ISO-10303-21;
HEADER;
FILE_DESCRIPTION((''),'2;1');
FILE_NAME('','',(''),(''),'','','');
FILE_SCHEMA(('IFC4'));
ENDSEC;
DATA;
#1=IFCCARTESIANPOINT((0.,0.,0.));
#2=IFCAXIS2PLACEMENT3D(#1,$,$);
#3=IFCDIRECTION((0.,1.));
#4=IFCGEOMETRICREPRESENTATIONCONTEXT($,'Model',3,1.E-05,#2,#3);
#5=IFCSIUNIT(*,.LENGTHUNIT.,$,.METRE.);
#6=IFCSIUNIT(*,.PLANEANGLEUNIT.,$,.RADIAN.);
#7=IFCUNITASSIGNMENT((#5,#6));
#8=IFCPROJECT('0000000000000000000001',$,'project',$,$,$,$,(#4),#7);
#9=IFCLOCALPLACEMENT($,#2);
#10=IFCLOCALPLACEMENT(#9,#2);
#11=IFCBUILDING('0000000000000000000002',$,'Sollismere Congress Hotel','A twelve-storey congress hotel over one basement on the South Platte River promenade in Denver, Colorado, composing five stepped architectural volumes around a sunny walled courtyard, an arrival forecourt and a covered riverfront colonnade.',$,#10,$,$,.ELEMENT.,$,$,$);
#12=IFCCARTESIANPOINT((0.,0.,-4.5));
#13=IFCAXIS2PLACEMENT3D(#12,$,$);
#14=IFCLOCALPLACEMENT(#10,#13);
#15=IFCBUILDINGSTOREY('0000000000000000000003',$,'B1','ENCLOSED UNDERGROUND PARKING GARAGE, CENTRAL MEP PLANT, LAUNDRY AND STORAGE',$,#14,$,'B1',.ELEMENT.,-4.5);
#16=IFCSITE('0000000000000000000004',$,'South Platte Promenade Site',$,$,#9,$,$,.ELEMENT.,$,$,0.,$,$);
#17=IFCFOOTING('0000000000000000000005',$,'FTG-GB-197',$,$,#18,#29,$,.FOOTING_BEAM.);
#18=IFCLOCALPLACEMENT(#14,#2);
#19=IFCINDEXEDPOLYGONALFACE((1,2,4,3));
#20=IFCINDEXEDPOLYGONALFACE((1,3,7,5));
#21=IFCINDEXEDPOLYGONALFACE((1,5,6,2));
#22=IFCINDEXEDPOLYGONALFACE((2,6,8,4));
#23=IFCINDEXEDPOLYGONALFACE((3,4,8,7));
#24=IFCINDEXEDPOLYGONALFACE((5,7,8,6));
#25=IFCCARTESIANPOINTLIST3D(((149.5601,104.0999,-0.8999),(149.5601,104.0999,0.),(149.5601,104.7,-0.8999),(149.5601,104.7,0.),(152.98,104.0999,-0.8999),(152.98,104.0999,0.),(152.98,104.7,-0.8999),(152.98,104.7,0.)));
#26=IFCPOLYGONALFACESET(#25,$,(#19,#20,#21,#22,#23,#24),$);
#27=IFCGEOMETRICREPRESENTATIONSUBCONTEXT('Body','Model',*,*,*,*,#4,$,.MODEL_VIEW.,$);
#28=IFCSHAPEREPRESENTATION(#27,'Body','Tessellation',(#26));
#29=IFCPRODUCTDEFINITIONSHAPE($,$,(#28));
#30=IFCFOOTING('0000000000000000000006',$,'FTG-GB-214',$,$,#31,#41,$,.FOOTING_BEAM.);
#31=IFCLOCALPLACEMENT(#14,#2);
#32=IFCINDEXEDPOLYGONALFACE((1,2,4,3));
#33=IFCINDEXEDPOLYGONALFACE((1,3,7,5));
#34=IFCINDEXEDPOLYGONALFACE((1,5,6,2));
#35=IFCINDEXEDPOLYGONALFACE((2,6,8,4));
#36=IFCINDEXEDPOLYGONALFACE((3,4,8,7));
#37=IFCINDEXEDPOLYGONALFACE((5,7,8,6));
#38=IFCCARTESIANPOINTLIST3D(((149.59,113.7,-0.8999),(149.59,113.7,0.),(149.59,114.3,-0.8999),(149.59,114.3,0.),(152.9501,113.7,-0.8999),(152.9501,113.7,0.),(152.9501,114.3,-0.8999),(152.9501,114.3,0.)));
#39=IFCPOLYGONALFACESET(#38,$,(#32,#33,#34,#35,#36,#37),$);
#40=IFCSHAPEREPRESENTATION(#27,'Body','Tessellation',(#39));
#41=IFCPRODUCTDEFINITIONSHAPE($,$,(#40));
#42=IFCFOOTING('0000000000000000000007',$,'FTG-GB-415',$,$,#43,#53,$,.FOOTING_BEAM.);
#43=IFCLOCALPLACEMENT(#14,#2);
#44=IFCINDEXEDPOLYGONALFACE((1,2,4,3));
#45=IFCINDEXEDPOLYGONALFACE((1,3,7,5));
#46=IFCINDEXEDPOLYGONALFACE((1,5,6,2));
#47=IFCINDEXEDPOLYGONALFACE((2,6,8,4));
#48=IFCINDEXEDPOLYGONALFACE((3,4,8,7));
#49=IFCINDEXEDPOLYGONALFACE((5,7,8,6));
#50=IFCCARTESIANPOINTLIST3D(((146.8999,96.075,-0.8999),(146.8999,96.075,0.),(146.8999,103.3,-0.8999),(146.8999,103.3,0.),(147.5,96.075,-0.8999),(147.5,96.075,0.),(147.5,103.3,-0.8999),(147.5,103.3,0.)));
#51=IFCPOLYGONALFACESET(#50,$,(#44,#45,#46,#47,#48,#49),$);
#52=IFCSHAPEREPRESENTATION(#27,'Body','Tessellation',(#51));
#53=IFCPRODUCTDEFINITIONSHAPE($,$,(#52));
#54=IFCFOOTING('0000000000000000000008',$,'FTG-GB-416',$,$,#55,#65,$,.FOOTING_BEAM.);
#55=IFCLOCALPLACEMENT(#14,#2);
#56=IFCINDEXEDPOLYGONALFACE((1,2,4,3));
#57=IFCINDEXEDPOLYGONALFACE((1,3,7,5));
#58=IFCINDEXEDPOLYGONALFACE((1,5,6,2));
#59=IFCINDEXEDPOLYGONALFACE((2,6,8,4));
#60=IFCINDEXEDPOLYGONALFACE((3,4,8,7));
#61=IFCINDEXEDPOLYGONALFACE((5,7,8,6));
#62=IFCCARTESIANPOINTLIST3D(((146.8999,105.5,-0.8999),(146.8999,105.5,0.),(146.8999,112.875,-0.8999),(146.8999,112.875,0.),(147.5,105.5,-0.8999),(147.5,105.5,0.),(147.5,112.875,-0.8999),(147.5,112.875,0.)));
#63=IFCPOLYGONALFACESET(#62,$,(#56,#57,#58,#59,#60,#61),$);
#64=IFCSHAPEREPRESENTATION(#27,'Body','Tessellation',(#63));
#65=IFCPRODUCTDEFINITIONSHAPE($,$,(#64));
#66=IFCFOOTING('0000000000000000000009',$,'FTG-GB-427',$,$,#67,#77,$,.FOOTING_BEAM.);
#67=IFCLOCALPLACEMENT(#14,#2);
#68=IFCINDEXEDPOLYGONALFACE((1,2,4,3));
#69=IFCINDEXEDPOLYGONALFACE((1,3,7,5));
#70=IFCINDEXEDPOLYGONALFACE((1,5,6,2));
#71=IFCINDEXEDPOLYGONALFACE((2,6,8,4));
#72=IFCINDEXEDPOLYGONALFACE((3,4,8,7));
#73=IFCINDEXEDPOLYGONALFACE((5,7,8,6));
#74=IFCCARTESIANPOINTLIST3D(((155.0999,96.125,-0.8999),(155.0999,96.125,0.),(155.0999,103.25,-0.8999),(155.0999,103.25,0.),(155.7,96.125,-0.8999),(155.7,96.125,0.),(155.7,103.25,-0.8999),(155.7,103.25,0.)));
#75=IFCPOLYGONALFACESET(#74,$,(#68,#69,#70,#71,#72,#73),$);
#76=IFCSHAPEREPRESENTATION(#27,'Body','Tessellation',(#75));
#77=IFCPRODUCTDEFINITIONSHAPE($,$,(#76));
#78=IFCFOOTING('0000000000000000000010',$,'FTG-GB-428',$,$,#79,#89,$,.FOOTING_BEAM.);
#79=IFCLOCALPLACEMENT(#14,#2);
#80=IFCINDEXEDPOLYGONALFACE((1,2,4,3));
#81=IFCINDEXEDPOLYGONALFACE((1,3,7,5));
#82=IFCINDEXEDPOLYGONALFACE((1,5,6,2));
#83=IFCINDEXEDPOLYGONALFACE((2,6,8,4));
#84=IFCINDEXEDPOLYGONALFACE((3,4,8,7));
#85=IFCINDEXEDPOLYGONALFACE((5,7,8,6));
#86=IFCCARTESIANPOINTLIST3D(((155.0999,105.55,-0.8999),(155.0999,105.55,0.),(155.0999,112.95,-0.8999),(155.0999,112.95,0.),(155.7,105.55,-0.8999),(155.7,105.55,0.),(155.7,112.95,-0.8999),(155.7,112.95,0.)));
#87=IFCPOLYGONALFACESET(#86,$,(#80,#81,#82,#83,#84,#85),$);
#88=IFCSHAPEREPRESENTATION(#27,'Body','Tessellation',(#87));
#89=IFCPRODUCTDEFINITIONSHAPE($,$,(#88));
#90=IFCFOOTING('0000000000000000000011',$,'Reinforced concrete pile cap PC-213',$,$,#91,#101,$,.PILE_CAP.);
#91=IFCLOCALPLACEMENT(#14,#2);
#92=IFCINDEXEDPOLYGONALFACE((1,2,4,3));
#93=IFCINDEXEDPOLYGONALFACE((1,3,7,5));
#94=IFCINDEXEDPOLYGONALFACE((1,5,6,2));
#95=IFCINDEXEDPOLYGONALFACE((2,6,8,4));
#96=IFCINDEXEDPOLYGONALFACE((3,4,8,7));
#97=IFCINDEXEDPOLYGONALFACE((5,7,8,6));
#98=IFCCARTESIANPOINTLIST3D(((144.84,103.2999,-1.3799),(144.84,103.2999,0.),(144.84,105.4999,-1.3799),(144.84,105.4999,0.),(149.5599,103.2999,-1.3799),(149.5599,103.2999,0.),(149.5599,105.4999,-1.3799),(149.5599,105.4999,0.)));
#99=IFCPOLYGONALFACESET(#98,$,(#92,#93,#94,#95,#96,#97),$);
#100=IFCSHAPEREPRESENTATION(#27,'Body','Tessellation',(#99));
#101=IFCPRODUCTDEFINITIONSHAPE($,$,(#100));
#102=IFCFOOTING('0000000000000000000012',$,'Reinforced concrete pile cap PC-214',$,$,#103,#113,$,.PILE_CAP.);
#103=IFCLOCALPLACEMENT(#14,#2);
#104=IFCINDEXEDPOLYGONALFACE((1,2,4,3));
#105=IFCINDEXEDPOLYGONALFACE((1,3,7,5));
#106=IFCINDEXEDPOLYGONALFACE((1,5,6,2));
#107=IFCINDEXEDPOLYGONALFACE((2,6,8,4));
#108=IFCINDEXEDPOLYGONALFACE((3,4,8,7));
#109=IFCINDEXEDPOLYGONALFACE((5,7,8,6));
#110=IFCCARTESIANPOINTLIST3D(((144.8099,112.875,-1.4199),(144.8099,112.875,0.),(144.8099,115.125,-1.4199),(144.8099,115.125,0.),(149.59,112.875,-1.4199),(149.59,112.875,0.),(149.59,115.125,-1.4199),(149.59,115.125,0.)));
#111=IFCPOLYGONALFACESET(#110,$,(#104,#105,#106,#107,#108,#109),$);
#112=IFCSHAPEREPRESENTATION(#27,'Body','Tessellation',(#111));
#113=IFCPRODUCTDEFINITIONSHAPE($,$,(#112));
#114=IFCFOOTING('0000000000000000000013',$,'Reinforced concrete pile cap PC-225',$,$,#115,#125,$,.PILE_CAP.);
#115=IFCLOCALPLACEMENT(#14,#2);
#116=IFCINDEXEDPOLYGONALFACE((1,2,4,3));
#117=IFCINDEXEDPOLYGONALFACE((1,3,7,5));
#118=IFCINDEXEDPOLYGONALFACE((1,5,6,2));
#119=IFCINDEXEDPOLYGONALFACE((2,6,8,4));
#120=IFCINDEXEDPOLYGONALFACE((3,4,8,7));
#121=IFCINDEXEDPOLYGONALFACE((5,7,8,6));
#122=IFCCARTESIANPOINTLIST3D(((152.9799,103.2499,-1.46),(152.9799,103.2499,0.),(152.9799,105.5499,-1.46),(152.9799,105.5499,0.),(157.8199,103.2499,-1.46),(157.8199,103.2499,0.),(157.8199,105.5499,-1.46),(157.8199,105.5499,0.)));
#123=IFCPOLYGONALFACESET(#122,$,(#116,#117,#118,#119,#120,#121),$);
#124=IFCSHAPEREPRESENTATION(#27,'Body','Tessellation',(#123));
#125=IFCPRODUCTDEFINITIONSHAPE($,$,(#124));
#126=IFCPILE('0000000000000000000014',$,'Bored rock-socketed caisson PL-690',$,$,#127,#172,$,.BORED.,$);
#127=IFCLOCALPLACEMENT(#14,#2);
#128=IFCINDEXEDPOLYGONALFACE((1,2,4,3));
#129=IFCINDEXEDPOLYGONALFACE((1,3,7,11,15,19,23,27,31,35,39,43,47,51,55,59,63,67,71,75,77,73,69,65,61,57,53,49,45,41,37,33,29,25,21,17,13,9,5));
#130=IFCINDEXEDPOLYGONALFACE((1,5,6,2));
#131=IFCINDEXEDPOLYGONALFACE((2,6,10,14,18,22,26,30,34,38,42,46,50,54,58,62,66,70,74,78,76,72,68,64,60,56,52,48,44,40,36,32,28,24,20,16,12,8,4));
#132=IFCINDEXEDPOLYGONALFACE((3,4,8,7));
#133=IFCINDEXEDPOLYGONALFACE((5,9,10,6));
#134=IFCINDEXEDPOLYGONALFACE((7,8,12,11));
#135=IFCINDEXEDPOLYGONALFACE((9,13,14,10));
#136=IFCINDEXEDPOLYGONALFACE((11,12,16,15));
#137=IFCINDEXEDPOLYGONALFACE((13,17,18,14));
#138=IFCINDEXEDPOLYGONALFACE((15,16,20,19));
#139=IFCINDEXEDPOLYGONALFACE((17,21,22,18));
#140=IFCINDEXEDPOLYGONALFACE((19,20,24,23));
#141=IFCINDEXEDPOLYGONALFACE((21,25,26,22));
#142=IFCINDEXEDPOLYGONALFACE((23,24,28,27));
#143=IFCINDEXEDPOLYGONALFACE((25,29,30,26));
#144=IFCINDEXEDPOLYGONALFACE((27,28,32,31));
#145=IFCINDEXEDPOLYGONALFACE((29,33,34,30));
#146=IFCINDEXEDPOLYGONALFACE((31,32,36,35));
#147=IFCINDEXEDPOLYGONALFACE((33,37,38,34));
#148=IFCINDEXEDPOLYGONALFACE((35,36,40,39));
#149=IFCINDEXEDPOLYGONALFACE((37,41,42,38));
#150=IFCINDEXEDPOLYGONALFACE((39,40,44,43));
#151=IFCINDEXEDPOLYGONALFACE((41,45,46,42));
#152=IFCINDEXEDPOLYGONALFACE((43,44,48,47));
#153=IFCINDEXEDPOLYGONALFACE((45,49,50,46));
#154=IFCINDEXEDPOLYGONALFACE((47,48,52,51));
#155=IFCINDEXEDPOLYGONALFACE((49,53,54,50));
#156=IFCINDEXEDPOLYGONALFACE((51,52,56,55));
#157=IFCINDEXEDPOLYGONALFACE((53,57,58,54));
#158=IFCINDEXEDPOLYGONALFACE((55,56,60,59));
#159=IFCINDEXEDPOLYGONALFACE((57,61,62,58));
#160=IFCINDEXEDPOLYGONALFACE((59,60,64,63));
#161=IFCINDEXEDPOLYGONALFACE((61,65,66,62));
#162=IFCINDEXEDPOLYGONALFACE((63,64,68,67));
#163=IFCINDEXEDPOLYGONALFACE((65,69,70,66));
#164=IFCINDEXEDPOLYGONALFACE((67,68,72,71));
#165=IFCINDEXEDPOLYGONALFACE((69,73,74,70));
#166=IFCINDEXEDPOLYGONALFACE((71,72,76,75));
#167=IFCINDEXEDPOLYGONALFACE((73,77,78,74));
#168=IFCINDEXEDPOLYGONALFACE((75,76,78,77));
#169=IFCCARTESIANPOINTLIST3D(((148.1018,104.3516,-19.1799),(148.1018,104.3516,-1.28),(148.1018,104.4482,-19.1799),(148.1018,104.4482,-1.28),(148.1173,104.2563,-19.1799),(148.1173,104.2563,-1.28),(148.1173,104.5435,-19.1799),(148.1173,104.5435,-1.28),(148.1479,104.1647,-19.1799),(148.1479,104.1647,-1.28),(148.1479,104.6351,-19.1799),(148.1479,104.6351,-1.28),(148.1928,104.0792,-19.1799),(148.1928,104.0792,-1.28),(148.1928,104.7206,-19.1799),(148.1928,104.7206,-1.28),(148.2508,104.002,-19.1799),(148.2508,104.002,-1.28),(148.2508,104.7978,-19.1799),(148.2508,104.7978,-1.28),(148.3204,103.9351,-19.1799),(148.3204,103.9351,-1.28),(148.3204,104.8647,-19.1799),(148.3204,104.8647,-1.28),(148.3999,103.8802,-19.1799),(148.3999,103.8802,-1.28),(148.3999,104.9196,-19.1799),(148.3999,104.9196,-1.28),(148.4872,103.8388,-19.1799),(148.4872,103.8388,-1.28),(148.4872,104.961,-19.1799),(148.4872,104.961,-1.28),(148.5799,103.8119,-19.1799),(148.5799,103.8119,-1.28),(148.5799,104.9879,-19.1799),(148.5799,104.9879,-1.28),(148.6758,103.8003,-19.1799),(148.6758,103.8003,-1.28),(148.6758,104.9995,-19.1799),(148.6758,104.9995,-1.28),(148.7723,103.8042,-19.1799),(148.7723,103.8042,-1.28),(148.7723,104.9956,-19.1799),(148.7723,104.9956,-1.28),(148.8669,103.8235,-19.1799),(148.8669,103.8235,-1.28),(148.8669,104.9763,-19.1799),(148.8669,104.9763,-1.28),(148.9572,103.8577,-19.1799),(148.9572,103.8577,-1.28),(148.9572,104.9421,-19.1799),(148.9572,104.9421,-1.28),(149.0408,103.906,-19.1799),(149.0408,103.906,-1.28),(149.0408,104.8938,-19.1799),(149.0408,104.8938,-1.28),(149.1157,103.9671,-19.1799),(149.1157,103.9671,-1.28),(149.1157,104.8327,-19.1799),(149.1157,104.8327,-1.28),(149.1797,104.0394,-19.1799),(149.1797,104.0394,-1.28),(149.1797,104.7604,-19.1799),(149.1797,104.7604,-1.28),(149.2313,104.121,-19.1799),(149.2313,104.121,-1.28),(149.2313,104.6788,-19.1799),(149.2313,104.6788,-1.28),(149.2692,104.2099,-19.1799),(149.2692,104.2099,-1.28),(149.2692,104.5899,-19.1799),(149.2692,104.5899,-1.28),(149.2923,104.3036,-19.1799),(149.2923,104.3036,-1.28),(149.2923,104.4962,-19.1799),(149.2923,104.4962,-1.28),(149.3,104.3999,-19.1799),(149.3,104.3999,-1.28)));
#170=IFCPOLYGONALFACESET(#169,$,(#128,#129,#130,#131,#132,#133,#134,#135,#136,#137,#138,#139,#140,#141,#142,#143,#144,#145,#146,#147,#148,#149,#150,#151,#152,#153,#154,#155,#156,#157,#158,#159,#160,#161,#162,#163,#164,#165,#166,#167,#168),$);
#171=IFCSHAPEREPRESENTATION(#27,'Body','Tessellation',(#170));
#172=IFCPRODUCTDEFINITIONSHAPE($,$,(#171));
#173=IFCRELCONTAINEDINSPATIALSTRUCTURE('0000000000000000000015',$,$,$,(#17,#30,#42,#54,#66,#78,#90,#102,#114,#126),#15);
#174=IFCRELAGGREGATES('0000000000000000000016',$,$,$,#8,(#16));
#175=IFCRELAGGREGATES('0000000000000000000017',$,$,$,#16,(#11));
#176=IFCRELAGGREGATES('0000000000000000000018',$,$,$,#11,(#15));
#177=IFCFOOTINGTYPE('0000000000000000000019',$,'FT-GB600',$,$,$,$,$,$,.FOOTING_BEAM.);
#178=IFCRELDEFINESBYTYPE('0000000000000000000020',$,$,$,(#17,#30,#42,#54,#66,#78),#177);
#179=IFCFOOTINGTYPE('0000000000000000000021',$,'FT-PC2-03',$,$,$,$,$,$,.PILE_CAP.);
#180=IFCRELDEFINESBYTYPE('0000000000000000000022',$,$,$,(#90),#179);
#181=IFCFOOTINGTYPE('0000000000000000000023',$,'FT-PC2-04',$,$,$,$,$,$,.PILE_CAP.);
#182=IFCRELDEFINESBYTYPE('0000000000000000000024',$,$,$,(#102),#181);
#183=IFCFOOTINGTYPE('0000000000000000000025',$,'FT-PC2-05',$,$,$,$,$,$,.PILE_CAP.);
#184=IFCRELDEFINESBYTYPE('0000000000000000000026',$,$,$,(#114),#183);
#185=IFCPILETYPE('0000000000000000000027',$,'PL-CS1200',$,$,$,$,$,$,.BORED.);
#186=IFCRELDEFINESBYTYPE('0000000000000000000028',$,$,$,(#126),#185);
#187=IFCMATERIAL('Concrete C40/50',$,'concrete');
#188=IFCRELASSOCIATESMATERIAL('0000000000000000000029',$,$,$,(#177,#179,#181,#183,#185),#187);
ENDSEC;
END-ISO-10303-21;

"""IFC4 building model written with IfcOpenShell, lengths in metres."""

from ifc_helpers import new_model, si_unit, direction, frame, origin, origin_2d, place, context, subcontext, project, spatial, rectangle, circle, extrude, material, material_profile, profile_set, type_object, element, save


model = new_model("IFC4")

# Units and contexts
model_context = context("Model", 3, precision=1e-05, world=origin(), true_north=direction((0.0, 1.0)))
body_context = subcontext(model_context, "Body", "Model", "MODEL_VIEW")
ifc_project = project(units=[si_unit("LENGTHUNIT", "METRE"), si_unit("PLANEANGLEUNIT", "RADIAN")], contexts=[model_context])

# Site, building, storey
site_placement = place(None, origin())
site = spatial("IfcSite", under=ifc_project, at=site_placement, Name="South Platte Promenade Site", CompositionType="ELEMENT", RefElevation=0.0)
building_placement = place(site_placement, origin())
building = spatial("IfcBuilding", under=site, at=building_placement, Name="Sollismere Congress Hotel", Description="A twelve-storey congress hotel over one basement on the South Platte River promenade in Denver, Colorado, composing five stepped architectural volumes around a sunny walled courtyard, an arrival forecourt and a covered riverfront colonnade.", CompositionType="ELEMENT")
storey_placement = place(building_placement, frame((0.0, 0.0, -4.5)))
storey = spatial("IfcBuildingStorey", under=building, at=storey_placement, Name="B1", Description="ENCLOSED UNDERGROUND PARKING GARAGE, CENTRAL MEP PLANT, LAUNDRY AND STORAGE", LongName="B1", CompositionType="ELEMENT", Elevation=-4.5)

# Footings
ifc_material_1 = material(Name="Concrete C40/50", Category="concrete")
footing_type_1 = type_object("IfcFootingType", Name="FT-GB600", PredefinedType="FOOTING_BEAM", material=ifc_material_1)
footing_1_placement = place(storey_placement, frame((151.27, 104.3999, -0.8999), z_axis=(0.0, 0.0, 1.0), x_axis=(1.0, 0.0, 0.0)))
element("IfcFooting", 1, at=footing_1_placement, inside=storey, type_object=footing_type_1, Name="FTG-GB-197", PredefinedType="FOOTING_BEAM", context=body_context, shape_type="SweptSolid", body=[
    extrude(rectangle(XDim=3.4199, YDim=0.6001, at=origin_2d()), origin(), (0.0, 0.0, 1.0), 0.8999),
])
footing_2_placement = place(storey_placement, frame((151.27, 114.0, -0.8999), z_axis=(0.0, 0.0, 1.0), x_axis=(1.0, 0.0, 0.0)))
element("IfcFooting", 2, at=footing_2_placement, inside=storey, type_object=footing_type_1, Name="FTG-GB-214", PredefinedType="FOOTING_BEAM", context=body_context, shape_type="SweptSolid", body=[
    extrude(rectangle(XDim=3.3601, YDim=0.6001, at=origin_2d()), origin(), (0.0, 0.0, 1.0), 0.8999),
])
footing_3_placement = place(storey_placement, frame((147.2, 99.6875, -0.8999), z_axis=(0.0, 0.0, 1.0), x_axis=(0.0, 1.0, 0.0)))
element("IfcFooting", 3, at=footing_3_placement, inside=storey, type_object=footing_type_1, Name="FTG-GB-415", PredefinedType="FOOTING_BEAM", context=body_context, shape_type="SweptSolid", body=[
    extrude(rectangle(XDim=7.2251, YDim=0.6001, at=origin_2d()), origin(), (0.0, 0.0, 1.0), 0.8999),
])
footing_4_placement = place(storey_placement, frame((147.2, 109.1875, -0.8999), z_axis=(0.0, 0.0, 1.0), x_axis=(0.0, 1.0, 0.0)))
element("IfcFooting", 4, at=footing_4_placement, inside=storey, type_object=footing_type_1, Name="FTG-GB-416", PredefinedType="FOOTING_BEAM", context=body_context, shape_type="SweptSolid", body=[
    extrude(rectangle(XDim=7.375, YDim=0.6001, at=origin_2d()), origin(), (0.0, 0.0, 1.0), 0.8999),
])
footing_5_placement = place(storey_placement, frame((155.3999, 99.6875, -0.8999), z_axis=(0.0, 0.0, 1.0), x_axis=(0.0, 1.0, 0.0)))
element("IfcFooting", 5, at=footing_5_placement, inside=storey, type_object=footing_type_1, Name="FTG-GB-427", PredefinedType="FOOTING_BEAM", context=body_context, shape_type="SweptSolid", body=[
    extrude(rectangle(XDim=7.125, YDim=0.6001, at=origin_2d()), origin(), (0.0, 0.0, 1.0), 0.8999),
])
footing_6_placement = place(storey_placement, frame((155.3999, 109.25, -0.8999), z_axis=(0.0, 0.0, 1.0), x_axis=(0.0, 1.0, 0.0)))
element("IfcFooting", 6, at=footing_6_placement, inside=storey, type_object=footing_type_1, Name="FTG-GB-428", PredefinedType="FOOTING_BEAM", context=body_context, shape_type="SweptSolid", body=[
    extrude(rectangle(XDim=7.3999, YDim=0.6001, at=origin_2d()), origin(), (0.0, 0.0, 1.0), 0.8999),
])
footing_type_2 = type_object("IfcFootingType", Name="FT-PC2-03", PredefinedType="PILE_CAP", material=ifc_material_1)
footing_7_placement = place(storey_placement, frame((147.2, 104.3999, -1.3799), z_axis=(0.0, 0.0, 1.0), x_axis=(1.0, 0.0, 0.0)))
element("IfcFooting", 7, at=footing_7_placement, inside=storey, type_object=footing_type_2, Name="Reinforced concrete pile cap PC-213", PredefinedType="PILE_CAP", context=body_context, shape_type="SweptSolid", body=[
    extrude(rectangle(XDim=4.72, YDim=2.2, at=origin_2d()), origin(), (0.0, 0.0, 1.0), 1.3799),
])
footing_type_3 = type_object("IfcFootingType", Name="FT-PC2-04", PredefinedType="PILE_CAP", material=ifc_material_1)
footing_8_placement = place(storey_placement, frame((147.2, 114.0, -1.4199), z_axis=(0.0, 0.0, 1.0), x_axis=(1.0, 0.0, 0.0)))
element("IfcFooting", 8, at=footing_8_placement, inside=storey, type_object=footing_type_3, Name="Reinforced concrete pile cap PC-214", PredefinedType="PILE_CAP", context=body_context, shape_type="SweptSolid", body=[
    extrude(rectangle(XDim=4.78, YDim=2.25, at=origin_2d()), origin(), (0.0, 0.0, 1.0), 1.4199),
])
footing_type_4 = type_object("IfcFootingType", Name="FT-PC2-05", PredefinedType="PILE_CAP", material=ifc_material_1)
footing_9_placement = place(storey_placement, frame((155.3999, 104.3999, -1.46), z_axis=(0.0, 0.0, 1.0), x_axis=(1.0, 0.0, 0.0)))
element("IfcFooting", 9, at=footing_9_placement, inside=storey, type_object=footing_type_4, Name="Reinforced concrete pile cap PC-225", PredefinedType="PILE_CAP", context=body_context, shape_type="SweptSolid", body=[
    extrude(rectangle(XDim=4.8401, YDim=2.3, at=origin_2d()), origin(), (0.0, 0.0, 1.0), 1.46),
])

# Pile
ifc_material_profile_1 = material_profile(ifc_material_1, circle(Radius=0.6001, at=origin_2d()), Name="CAISSON1200")
ifc_profile_set_1 = profile_set([ifc_material_profile_1], Name="Concrete C40/50")
pile_type = type_object("IfcPileType", Name="PL-CS1200", PredefinedType="BORED", material=ifc_profile_set_1)
pile_1_placement = place(storey_placement, frame((148.7, 104.3999, -1.28), z_axis=(0.0, 0.0, -1.0), x_axis=(1.0, 0.0, 0.0)))
element("IfcPile", 10, at=pile_1_placement, inside=storey, type_object=pile_type, Name="Bored rock-socketed caisson PL-690", PredefinedType="BORED", context=body_context, shape_type="SweptSolid", body=[
    extrude(circle(Radius=0.6001, at=origin_2d()), origin(), (0.0, 0.0, 1.0), 17.8999),
])

save(model, "model.ifc")
